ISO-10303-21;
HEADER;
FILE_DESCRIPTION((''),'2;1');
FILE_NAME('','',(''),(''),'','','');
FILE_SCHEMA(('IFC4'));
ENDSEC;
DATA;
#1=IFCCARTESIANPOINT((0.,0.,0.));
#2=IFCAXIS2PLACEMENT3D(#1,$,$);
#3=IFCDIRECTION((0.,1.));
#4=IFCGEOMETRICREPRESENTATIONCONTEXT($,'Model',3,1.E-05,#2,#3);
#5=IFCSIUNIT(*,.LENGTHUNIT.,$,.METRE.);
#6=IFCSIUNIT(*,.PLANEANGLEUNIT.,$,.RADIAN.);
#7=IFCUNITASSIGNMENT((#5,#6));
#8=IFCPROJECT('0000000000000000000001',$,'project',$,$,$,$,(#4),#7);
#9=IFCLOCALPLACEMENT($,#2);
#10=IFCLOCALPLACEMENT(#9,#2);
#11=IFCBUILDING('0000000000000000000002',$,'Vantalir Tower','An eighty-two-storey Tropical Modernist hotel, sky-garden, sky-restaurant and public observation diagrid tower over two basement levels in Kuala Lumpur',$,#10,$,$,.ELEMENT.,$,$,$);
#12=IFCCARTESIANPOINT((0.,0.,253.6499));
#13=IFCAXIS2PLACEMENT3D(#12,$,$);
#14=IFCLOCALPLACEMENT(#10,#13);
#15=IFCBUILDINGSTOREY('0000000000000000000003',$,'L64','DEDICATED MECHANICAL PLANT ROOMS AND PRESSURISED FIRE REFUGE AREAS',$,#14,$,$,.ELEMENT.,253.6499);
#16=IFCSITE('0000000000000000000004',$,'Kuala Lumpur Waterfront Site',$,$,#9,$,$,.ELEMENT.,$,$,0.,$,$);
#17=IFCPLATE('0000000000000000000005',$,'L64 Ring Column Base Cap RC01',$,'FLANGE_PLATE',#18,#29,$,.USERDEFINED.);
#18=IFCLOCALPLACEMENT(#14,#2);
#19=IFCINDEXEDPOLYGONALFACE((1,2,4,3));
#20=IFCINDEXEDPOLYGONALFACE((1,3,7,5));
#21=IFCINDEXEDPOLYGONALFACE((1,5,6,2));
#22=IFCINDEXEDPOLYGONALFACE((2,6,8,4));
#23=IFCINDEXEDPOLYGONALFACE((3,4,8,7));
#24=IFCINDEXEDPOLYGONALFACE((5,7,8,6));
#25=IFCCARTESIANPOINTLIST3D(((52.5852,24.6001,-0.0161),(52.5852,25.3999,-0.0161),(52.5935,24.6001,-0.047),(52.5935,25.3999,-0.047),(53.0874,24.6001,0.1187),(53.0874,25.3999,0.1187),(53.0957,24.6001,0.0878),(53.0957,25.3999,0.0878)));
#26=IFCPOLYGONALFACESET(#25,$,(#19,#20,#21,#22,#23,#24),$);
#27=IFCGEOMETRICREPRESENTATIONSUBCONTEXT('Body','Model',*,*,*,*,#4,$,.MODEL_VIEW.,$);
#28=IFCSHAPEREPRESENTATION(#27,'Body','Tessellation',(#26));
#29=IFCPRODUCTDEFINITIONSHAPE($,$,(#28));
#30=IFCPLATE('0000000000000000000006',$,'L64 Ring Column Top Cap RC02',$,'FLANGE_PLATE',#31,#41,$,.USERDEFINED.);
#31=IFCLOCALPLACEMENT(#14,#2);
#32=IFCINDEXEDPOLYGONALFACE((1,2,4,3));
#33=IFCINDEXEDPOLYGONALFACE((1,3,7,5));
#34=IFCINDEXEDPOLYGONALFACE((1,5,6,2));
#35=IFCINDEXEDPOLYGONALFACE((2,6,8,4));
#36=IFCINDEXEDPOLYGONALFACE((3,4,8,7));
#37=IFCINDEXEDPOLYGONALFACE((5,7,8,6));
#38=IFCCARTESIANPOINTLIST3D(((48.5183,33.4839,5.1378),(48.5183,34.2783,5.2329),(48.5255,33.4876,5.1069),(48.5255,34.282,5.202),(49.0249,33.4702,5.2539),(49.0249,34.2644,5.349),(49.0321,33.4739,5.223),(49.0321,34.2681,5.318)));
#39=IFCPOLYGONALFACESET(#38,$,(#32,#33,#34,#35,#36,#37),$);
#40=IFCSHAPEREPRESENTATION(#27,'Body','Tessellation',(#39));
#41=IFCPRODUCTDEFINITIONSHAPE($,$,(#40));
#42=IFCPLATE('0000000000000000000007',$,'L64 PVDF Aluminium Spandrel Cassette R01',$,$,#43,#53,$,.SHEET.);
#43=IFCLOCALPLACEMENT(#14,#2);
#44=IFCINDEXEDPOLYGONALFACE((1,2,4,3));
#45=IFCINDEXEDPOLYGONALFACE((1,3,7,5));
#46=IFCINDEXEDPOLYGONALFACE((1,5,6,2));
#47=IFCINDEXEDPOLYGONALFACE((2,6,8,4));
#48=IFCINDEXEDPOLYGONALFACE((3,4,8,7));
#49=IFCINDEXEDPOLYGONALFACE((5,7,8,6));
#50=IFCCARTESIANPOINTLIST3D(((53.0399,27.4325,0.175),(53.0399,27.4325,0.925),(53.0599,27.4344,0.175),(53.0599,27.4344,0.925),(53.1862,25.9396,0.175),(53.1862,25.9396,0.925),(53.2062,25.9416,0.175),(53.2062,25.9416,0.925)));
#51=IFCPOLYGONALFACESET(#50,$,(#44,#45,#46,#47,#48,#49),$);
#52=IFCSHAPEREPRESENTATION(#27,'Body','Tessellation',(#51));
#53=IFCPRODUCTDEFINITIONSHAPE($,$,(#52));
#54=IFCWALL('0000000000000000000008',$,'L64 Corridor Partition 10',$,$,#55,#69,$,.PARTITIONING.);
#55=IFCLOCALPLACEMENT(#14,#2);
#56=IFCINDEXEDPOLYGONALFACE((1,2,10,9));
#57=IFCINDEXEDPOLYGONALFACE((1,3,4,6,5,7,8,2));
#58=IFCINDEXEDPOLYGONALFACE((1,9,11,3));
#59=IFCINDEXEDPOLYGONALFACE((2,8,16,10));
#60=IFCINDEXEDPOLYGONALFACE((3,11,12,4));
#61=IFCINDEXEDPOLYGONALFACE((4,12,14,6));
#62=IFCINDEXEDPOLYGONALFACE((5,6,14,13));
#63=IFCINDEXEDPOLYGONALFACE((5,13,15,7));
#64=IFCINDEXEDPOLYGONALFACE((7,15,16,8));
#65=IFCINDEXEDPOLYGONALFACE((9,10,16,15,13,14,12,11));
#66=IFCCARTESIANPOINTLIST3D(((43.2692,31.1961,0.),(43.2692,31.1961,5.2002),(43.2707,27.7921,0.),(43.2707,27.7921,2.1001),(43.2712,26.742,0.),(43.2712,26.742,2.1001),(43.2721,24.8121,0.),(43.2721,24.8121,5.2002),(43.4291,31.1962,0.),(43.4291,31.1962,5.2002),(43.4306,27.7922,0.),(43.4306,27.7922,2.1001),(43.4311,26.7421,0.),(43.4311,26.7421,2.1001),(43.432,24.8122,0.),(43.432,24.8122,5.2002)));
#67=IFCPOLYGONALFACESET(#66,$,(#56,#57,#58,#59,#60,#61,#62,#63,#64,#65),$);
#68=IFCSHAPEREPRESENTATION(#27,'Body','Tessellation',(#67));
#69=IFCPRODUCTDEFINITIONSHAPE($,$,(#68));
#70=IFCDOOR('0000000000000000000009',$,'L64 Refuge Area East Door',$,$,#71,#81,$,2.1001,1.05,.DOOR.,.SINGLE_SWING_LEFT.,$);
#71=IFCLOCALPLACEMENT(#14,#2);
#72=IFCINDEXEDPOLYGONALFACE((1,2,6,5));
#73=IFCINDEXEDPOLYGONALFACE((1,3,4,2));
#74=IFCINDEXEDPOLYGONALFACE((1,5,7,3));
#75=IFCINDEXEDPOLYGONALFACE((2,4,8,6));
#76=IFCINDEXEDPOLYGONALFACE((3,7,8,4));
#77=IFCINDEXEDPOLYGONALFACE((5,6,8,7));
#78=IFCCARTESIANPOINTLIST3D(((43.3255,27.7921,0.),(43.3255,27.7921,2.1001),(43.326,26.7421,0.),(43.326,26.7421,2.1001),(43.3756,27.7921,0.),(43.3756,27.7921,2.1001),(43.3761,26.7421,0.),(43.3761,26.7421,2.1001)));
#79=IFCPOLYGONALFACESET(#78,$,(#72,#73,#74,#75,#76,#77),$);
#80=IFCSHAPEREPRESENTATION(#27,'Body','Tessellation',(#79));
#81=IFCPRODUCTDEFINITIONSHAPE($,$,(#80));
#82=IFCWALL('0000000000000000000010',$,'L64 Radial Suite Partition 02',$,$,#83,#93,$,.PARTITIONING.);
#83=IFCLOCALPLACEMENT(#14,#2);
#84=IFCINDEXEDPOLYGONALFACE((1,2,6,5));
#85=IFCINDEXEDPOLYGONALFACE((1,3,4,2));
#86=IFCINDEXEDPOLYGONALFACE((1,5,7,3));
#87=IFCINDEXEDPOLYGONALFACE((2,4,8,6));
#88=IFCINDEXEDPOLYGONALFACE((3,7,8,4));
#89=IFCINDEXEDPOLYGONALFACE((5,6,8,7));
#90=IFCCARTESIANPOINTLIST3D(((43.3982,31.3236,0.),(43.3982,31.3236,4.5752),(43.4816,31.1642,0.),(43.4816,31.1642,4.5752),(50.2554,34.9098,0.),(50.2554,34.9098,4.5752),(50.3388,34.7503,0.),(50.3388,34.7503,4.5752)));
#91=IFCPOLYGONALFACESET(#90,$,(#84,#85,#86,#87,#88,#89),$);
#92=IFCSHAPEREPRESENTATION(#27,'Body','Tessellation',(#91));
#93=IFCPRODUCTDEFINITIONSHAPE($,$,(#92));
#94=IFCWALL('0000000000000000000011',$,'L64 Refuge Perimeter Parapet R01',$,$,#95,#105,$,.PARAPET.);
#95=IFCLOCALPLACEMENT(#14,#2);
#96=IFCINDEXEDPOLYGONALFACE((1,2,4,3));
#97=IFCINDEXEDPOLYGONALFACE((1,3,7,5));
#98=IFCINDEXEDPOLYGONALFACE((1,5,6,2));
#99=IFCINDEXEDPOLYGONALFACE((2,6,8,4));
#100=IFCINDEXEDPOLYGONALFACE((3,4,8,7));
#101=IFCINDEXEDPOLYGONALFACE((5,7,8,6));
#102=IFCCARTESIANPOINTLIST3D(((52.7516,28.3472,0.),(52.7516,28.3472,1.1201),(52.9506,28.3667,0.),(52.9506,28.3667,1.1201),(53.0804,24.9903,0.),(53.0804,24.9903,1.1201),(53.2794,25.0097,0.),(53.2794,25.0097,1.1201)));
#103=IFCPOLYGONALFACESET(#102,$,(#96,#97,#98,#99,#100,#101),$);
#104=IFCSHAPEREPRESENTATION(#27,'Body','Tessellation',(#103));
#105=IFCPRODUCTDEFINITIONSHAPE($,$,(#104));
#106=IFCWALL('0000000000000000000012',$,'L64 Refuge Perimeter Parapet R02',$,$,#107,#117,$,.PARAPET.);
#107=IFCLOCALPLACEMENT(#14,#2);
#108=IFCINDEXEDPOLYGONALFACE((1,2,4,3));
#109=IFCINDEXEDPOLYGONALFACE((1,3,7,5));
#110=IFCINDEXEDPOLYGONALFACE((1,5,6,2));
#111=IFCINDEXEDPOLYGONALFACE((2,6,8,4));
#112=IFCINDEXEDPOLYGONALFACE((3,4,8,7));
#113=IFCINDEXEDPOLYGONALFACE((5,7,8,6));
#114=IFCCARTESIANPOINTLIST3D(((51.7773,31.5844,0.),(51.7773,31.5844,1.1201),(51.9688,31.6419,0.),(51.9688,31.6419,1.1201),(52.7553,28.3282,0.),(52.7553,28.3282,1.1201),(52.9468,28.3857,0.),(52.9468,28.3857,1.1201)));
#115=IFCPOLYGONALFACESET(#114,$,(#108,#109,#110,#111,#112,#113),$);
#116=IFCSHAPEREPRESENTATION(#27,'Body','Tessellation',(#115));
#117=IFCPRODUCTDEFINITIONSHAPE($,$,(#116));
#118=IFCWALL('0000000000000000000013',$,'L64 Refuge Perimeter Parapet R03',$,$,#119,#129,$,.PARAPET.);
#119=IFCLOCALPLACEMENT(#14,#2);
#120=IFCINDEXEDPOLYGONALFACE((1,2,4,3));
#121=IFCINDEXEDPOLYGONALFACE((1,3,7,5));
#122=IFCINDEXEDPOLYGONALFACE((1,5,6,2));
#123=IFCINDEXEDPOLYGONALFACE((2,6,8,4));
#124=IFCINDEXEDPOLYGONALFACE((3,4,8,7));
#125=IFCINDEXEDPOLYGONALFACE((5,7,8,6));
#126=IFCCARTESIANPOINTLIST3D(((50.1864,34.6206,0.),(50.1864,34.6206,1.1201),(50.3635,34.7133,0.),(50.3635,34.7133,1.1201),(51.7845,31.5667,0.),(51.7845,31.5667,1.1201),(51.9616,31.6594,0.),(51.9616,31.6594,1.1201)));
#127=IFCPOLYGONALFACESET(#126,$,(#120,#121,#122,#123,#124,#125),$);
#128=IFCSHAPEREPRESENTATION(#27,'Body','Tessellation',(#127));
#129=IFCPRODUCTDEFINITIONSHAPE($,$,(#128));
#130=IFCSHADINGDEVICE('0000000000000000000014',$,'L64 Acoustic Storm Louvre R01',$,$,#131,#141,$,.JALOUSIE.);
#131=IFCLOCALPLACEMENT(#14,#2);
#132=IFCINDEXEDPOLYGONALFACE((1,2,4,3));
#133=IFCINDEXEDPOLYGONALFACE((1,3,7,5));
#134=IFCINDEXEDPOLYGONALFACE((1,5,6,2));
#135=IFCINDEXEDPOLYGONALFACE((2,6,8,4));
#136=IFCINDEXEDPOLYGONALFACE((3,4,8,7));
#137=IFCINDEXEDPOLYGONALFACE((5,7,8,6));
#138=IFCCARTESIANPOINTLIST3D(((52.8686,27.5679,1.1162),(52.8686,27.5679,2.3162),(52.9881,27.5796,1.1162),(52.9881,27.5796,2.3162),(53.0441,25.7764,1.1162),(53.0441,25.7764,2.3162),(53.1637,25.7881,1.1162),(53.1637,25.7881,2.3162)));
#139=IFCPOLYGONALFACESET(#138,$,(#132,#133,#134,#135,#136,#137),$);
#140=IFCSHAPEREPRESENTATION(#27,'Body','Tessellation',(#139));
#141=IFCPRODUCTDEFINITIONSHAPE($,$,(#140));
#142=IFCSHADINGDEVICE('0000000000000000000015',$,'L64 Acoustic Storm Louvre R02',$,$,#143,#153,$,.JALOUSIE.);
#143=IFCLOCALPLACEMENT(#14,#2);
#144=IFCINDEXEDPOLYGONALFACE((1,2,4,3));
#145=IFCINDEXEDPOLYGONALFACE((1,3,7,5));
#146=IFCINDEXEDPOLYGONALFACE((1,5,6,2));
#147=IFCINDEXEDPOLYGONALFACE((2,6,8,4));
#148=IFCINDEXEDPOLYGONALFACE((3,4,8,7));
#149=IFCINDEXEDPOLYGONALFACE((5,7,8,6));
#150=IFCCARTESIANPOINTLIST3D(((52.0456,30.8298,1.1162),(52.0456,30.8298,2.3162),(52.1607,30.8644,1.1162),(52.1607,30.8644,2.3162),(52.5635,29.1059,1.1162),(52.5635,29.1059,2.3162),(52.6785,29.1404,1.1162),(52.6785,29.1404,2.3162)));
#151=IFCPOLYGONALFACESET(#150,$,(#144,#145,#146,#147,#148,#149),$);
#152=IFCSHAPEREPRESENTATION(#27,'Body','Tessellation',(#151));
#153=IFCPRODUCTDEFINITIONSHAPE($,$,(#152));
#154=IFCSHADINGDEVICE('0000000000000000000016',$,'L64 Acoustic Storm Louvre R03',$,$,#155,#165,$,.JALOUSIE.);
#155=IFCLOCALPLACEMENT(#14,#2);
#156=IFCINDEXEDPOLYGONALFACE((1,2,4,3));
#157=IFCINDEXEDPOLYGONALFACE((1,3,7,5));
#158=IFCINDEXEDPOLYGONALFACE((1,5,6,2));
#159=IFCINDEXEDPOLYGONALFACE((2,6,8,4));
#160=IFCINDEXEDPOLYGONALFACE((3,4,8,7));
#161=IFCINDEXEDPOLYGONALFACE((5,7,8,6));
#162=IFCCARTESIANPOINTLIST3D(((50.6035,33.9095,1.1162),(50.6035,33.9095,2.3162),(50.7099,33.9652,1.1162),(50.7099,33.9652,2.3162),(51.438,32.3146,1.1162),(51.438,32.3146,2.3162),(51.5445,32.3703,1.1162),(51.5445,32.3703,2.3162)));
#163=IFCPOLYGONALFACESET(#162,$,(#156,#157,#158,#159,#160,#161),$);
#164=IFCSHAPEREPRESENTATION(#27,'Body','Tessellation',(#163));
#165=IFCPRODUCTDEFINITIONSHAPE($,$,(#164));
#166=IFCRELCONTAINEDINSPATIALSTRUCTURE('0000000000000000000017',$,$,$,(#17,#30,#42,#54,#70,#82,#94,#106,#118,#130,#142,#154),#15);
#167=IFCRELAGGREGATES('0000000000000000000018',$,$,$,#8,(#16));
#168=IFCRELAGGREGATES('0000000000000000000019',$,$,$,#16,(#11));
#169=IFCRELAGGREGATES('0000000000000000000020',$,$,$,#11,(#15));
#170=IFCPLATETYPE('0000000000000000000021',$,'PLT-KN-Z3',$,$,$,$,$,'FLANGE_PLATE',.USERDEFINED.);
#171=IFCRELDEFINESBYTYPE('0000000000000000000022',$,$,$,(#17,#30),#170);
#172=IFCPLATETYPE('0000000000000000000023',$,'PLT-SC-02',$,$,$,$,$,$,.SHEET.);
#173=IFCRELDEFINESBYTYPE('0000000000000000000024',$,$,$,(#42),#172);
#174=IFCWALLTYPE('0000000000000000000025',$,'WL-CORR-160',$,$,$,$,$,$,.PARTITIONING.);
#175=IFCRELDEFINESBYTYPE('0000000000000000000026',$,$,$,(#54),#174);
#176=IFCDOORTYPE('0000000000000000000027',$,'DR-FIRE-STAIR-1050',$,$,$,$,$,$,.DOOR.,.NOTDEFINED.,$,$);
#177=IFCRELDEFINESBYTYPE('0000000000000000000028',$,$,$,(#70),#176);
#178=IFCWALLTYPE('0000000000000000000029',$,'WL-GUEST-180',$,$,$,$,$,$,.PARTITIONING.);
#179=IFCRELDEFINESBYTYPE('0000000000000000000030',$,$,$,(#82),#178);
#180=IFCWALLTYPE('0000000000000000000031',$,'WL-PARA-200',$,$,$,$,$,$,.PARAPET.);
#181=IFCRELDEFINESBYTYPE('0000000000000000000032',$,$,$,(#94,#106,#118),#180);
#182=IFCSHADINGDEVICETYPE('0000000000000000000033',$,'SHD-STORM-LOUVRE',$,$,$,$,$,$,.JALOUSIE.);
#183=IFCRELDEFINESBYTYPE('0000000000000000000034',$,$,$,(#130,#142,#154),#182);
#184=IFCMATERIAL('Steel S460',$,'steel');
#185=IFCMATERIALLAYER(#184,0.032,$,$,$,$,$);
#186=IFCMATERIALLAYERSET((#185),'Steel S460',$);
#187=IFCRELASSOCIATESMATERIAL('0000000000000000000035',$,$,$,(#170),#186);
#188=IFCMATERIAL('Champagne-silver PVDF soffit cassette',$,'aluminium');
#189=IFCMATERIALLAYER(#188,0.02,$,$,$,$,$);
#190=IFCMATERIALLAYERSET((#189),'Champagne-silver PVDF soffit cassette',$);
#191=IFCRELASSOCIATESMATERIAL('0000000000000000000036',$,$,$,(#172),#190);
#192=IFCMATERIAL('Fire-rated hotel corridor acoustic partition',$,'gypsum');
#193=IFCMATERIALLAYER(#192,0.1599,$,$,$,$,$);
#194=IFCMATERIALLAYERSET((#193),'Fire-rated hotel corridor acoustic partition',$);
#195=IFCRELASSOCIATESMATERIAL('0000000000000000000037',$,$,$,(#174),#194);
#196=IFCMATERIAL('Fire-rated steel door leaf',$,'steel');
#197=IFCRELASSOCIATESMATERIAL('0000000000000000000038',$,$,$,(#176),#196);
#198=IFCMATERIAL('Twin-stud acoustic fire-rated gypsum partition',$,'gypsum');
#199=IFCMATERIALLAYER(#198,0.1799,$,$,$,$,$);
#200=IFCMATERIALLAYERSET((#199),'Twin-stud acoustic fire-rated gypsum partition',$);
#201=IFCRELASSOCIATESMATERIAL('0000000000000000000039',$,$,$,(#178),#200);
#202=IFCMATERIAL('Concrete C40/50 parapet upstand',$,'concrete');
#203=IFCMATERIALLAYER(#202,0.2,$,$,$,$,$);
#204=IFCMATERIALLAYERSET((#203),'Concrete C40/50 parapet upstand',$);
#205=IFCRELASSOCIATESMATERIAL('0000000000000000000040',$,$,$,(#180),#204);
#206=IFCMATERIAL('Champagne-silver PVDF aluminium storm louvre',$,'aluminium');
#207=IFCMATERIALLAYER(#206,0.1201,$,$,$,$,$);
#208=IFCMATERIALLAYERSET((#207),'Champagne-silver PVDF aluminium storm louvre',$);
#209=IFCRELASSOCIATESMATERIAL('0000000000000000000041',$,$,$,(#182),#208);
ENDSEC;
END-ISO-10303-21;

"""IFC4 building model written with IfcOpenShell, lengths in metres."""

from ifc_helpers import new_model, si_unit, direction, frame, frame_2d, origin, origin_2d, place, context, subcontext, project, spatial, polyline, rectangle, outline, extrude, material, layer, layer_set, type_object, element, fill, save


model = new_model("IFC4")

# Units and contexts
model_context = context("Model", 3, precision=1e-05, world=origin(), true_north=direction((0.0, 1.0)))
body_context = subcontext(model_context, "Body", "Model", "MODEL_VIEW")
ifc_project = project(units=[si_unit("LENGTHUNIT", "METRE"), si_unit("PLANEANGLEUNIT", "RADIAN")], contexts=[model_context])

# Site, building, storey
site_placement = place(None, origin())
site = spatial("IfcSite", under=ifc_project, at=site_placement, Name="Kuala Lumpur Waterfront Site", CompositionType="ELEMENT", RefElevation=0.0)
building_placement = place(site_placement, origin())
building = spatial("IfcBuilding", under=site, at=building_placement, Name="Vantalir Tower", Description="An eighty-two-storey Tropical Modernist hotel, sky-garden, sky-restaurant and public observation diagrid tower over two basement levels in Kuala Lumpur", CompositionType="ELEMENT")
storey_placement = place(building_placement, frame((0.0, 0.0, 253.6499)))
storey = spatial("IfcBuildingStorey", under=building, at=storey_placement, Name="L64", Description="DEDICATED MECHANICAL PLANT ROOMS AND PRESSURISED FIRE REFUGE AREAS", CompositionType="ELEMENT", Elevation=253.6499)

# Shared definitions
ifc_material_1 = material(Name="Steel S460", Category="steel")

# Plates
ifc_layer_1 = layer(ifc_material_1, 0.032)
ifc_layer_set_1 = layer_set([ifc_layer_1], Name="Steel S460")
plate_type_1 = type_object("IfcPlateType", Name="PLT-KN-Z3", ElementType="FLANGE_PLATE", PredefinedType="USERDEFINED", material=ifc_layer_set_1)
plate_1_placement = place(storey_placement, frame((52.5852, 25.3999, -0.0161), z_axis=(-0.259182, 0.0, 0.965829), x_axis=(0.0, -1.0, 0.0)))
element("IfcPlate", 1, at=plate_1_placement, inside=storey, type_object=plate_type_1, Name="L64 Ring Column Base Cap RC01", ObjectType="FLANGE_PLATE", PredefinedType="USERDEFINED", context=body_context, shape_type="SweptSolid", body=[
    extrude(outline(polyline([(0.0, 0.0), (0.7998, 0.0), (0.7998, 0.52), (0.0, 0.52), (0.0, 0.0)])), origin(), (0.0, 0.0, -1.0), 0.032),
])
plate_2_placement = place(storey_placement, frame((48.5183, 34.2783, 5.2329), z_axis=(-0.224859, -0.115824, 0.967483), x_axis=(-0.000029, -0.992909, -0.118875)))
element("IfcPlate", 2, at=plate_2_placement, inside=storey, type_object=plate_type_1, Name="L64 Ring Column Top Cap RC02", ObjectType="FLANGE_PLATE", PredefinedType="USERDEFINED", context=body_context, shape_type="SweptSolid", body=[
    extrude(outline(polyline([(0.0, 0.0), (0.8001, 0.0), (0.7999, 0.5199), (0.0, 0.5199), (0.0, 0.0)])), origin(), (0.0, 0.0, -1.0), 0.032),
])
ifc_material_2 = material(Name="Champagne-silver PVDF soffit cassette", Category="aluminium")
ifc_layer_2 = layer(ifc_material_2, 0.02)
ifc_layer_set_2 = layer_set([ifc_layer_2], Name="Champagne-silver PVDF soffit cassette")
plate_type_2 = type_object("IfcPlateType", Name="PLT-SC-02", PredefinedType="SHEET", material=ifc_layer_set_2)
plate_3_placement = place(storey_placement, frame((53.123, 26.687, 0.175), z_axis=(0.0, 0.0, 1.0), x_axis=(-0.097531, 0.995233, 0.0)))
element("IfcPlate", 3, at=plate_3_placement, inside=storey, type_object=plate_type_2, Name="L64 PVDF Aluminium Spandrel Cassette R01", PredefinedType="SHEET", context=body_context, shape_type="SweptSolid", body=[
    extrude(rectangle(XDim=1.5, YDim=0.02, at=origin_2d()), origin(), (0.0, 0.0, 1.0), 0.75),
])

# Wall, opening, door
ifc_material_3 = material(Name="Fire-rated hotel corridor acoustic partition", Category="gypsum")
ifc_layer_3 = layer(ifc_material_3, 0.1599)
ifc_layer_set_3 = layer_set([ifc_layer_3], Name="Fire-rated hotel corridor acoustic partition")
wall_type_1 = type_object("IfcWallType", Name="WL-CORR-160", PredefinedType="PARTITIONING", material=ifc_layer_set_3)
wall_1_placement = place(storey_placement, frame((43.3491, 31.196, 0.0), z_axis=(0.0, 0.0, 1.0), x_axis=(0.000459, -1.0, 0.0)))
wall_1 = element("IfcWall", 4, at=wall_1_placement, inside=storey, type_object=wall_type_1, Name="L64 Corridor Partition 10", PredefinedType="PARTITIONING", context=body_context, shape_type="SweptSolid", body=[
    extrude(rectangle(XDim=6.384, YDim=0.1599, at=frame_2d((3.1919, 0.0))), origin(), (0.0, 0.0, 1.0), 5.2002),
])
opening_placement = place(wall_1_placement, frame((3.4041, 0.0, 0.0)))
opening = element("IfcOpeningElement", 5, at=opening_placement, cuts=wall_1, PredefinedType="OPENING", context=body_context, shape_type="SweptSolid", body=[
    extrude(rectangle(XDim=1.05, YDim=2.1001, at=frame_2d((0.5249, 1.05))), frame((0.0, 0.0898, 0.0), z_axis=(0.0, -1.0, 0.0), x_axis=(1.0, 0.0, 0.0)), (0.0, 0.0, 1.0), 0.1799),
])
ifc_material_4 = material(Name="Fire-rated steel door leaf", Category="steel")
door_type = type_object("IfcDoorType", Name="DR-FIRE-STAIR-1050", OperationType="NOTDEFINED", PredefinedType="DOOR", material=ifc_material_4)
door_placement = place(opening_placement, origin())
door = element("IfcDoor", 6, at=door_placement, inside=storey, type_object=door_type, Name="L64 Refuge Area East Door", OperationType="SINGLE_SWING_LEFT", OverallHeight=2.1001, OverallWidth=1.05, PredefinedType="DOOR", context=body_context, shape_type="SweptSolid", body=[
    extrude(rectangle(XDim=1.05, YDim=2.1001, at=frame_2d((0.5249, 1.05))), frame((0.0, 0.0249, 0.0), z_axis=(0.0, -1.0, 0.0), x_axis=(1.0, 0.0, 0.0)), (0.0, 0.0, 1.0), 0.05),
])
fill(opening, door)

# Walls
ifc_material_5 = material(Name="Twin-stud acoustic fire-rated gypsum partition", Category="gypsum")
ifc_layer_4 = layer(ifc_material_5, 0.1799)
ifc_layer_set_4 = layer_set([ifc_layer_4], Name="Twin-stud acoustic fire-rated gypsum partition")
wall_type_2 = type_object("IfcWallType", Name="WL-GUEST-180", PredefinedType="PARTITIONING", material=ifc_layer_set_4)
wall_2_placement = place(storey_placement, frame((43.4399, 31.2439, 0.0), z_axis=(0.0, 0.0, 1.0), x_axis=(0.886133, 0.463432, 0.0)))
element("IfcWall", 7, at=wall_2_placement, inside=storey, type_object=wall_type_2, Name="L64 Radial Suite Partition 02", PredefinedType="PARTITIONING", context=body_context, shape_type="SweptSolid", body=[
    extrude(rectangle(XDim=7.7383, YDim=0.1799, at=frame_2d((3.8691, 0.0))), origin(), (0.0, 0.0, 1.0), 4.5752),
])
ifc_material_6 = material(Name="Concrete C40/50 parapet upstand", Category="concrete")
ifc_layer_5 = layer(ifc_material_6, 0.2)
ifc_layer_set_5 = layer_set([ifc_layer_5], Name="Concrete C40/50 parapet upstand")
wall_type_3 = type_object("IfcWallType", Name="WL-PARA-200", PredefinedType="PARAPET", material=ifc_layer_set_5)
wall_3_placement = place(storey_placement, frame((53.1799, 25.0, 0.0), z_axis=(0.0, 0.0, 1.0), x_axis=(-0.097497, 0.995236, 0.0)))
element("IfcWall", 8, at=wall_3_placement, inside=storey, type_object=wall_type_3, Name="L64 Refuge Perimeter Parapet R01", PredefinedType="PARAPET", context=body_context, shape_type="SweptSolid", body=[
    extrude(rectangle(XDim=3.373, YDim=0.2, at=frame_2d((1.6865, 0.0))), origin(), (0.0, 0.0, 1.0), 1.1201),
])
wall_4_placement = place(storey_placement, frame((52.8511, 28.3569, 0.0), z_axis=(0.0, 0.0, 1.0), x_axis=(-0.287671, 0.957729, 0.0)))
element("IfcWall", 9, at=wall_4_placement, inside=storey, type_object=wall_type_3, Name="L64 Refuge Perimeter Parapet R02", PredefinedType="PARAPET", context=body_context, shape_type="SweptSolid", body=[
    extrude(rectangle(XDim=3.3999, YDim=0.2, at=frame_2d((1.7, 0.0))), origin(), (0.0, 0.0, 1.0), 1.1201),
])
wall_5_placement = place(storey_placement, frame((51.873, 31.613, 0.0), z_axis=(0.0, 0.0, 1.0), x_axis=(-0.463655, 0.886016, 0.0)))
element("IfcWall", 10, at=wall_5_placement, inside=storey, type_object=wall_type_3, Name="L64 Refuge Perimeter Parapet R03", PredefinedType="PARAPET", context=body_context, shape_type="SweptSolid", body=[
    extrude(rectangle(XDim=3.4468, YDim=0.2, at=frame_2d((1.7234, 0.0))), origin(), (0.0, 0.0, 1.0), 1.1201),
])

# Shading devices
ifc_material_7 = material(Name="Champagne-silver PVDF aluminium storm louvre", Category="aluminium")
ifc_layer_6 = layer(ifc_material_7, 0.1201)
ifc_layer_set_6 = layer_set([ifc_layer_6], Name="Champagne-silver PVDF aluminium storm louvre")
shading_device_type = type_object("IfcShadingDeviceType", Name="SHD-STORM-LOUVRE", PredefinedType="JALOUSIE", material=ifc_layer_set_6)
for number, where, z_axis, x_axis, name in (
    (11, (53.0161, 26.678, 1.1162), (0.0, 0.0, 1.0), (-0.097531, 0.995233, 0.0), "L64 Acoustic Storm Louvre R01"),
    (12, (52.3621, 29.9851, 1.1162), (0.0, 0.0, 1.0), (-0.287678, 0.957727, 0.0), "L64 Acoustic Storm Louvre R02"),
    (13, (51.074, 33.1399, 1.1162), (0.0, 0.0, 1.0), (-0.463621, 0.886034, 0.0), "L64 Acoustic Storm Louvre R03"),
):
    element("IfcShadingDevice", number, at=place(storey_placement, frame(where, z_axis=z_axis, x_axis=x_axis)), inside=storey, type_object=shading_device_type, Name=name, PredefinedType="JALOUSIE", context=body_context, shape_type="SweptSolid", body=[
        extrude(rectangle(XDim=1.8, YDim=0.1201, at=origin_2d()), origin(), (0.0, 0.0, 1.0), 1.2),
    ])

save(model, "model.ifc")
